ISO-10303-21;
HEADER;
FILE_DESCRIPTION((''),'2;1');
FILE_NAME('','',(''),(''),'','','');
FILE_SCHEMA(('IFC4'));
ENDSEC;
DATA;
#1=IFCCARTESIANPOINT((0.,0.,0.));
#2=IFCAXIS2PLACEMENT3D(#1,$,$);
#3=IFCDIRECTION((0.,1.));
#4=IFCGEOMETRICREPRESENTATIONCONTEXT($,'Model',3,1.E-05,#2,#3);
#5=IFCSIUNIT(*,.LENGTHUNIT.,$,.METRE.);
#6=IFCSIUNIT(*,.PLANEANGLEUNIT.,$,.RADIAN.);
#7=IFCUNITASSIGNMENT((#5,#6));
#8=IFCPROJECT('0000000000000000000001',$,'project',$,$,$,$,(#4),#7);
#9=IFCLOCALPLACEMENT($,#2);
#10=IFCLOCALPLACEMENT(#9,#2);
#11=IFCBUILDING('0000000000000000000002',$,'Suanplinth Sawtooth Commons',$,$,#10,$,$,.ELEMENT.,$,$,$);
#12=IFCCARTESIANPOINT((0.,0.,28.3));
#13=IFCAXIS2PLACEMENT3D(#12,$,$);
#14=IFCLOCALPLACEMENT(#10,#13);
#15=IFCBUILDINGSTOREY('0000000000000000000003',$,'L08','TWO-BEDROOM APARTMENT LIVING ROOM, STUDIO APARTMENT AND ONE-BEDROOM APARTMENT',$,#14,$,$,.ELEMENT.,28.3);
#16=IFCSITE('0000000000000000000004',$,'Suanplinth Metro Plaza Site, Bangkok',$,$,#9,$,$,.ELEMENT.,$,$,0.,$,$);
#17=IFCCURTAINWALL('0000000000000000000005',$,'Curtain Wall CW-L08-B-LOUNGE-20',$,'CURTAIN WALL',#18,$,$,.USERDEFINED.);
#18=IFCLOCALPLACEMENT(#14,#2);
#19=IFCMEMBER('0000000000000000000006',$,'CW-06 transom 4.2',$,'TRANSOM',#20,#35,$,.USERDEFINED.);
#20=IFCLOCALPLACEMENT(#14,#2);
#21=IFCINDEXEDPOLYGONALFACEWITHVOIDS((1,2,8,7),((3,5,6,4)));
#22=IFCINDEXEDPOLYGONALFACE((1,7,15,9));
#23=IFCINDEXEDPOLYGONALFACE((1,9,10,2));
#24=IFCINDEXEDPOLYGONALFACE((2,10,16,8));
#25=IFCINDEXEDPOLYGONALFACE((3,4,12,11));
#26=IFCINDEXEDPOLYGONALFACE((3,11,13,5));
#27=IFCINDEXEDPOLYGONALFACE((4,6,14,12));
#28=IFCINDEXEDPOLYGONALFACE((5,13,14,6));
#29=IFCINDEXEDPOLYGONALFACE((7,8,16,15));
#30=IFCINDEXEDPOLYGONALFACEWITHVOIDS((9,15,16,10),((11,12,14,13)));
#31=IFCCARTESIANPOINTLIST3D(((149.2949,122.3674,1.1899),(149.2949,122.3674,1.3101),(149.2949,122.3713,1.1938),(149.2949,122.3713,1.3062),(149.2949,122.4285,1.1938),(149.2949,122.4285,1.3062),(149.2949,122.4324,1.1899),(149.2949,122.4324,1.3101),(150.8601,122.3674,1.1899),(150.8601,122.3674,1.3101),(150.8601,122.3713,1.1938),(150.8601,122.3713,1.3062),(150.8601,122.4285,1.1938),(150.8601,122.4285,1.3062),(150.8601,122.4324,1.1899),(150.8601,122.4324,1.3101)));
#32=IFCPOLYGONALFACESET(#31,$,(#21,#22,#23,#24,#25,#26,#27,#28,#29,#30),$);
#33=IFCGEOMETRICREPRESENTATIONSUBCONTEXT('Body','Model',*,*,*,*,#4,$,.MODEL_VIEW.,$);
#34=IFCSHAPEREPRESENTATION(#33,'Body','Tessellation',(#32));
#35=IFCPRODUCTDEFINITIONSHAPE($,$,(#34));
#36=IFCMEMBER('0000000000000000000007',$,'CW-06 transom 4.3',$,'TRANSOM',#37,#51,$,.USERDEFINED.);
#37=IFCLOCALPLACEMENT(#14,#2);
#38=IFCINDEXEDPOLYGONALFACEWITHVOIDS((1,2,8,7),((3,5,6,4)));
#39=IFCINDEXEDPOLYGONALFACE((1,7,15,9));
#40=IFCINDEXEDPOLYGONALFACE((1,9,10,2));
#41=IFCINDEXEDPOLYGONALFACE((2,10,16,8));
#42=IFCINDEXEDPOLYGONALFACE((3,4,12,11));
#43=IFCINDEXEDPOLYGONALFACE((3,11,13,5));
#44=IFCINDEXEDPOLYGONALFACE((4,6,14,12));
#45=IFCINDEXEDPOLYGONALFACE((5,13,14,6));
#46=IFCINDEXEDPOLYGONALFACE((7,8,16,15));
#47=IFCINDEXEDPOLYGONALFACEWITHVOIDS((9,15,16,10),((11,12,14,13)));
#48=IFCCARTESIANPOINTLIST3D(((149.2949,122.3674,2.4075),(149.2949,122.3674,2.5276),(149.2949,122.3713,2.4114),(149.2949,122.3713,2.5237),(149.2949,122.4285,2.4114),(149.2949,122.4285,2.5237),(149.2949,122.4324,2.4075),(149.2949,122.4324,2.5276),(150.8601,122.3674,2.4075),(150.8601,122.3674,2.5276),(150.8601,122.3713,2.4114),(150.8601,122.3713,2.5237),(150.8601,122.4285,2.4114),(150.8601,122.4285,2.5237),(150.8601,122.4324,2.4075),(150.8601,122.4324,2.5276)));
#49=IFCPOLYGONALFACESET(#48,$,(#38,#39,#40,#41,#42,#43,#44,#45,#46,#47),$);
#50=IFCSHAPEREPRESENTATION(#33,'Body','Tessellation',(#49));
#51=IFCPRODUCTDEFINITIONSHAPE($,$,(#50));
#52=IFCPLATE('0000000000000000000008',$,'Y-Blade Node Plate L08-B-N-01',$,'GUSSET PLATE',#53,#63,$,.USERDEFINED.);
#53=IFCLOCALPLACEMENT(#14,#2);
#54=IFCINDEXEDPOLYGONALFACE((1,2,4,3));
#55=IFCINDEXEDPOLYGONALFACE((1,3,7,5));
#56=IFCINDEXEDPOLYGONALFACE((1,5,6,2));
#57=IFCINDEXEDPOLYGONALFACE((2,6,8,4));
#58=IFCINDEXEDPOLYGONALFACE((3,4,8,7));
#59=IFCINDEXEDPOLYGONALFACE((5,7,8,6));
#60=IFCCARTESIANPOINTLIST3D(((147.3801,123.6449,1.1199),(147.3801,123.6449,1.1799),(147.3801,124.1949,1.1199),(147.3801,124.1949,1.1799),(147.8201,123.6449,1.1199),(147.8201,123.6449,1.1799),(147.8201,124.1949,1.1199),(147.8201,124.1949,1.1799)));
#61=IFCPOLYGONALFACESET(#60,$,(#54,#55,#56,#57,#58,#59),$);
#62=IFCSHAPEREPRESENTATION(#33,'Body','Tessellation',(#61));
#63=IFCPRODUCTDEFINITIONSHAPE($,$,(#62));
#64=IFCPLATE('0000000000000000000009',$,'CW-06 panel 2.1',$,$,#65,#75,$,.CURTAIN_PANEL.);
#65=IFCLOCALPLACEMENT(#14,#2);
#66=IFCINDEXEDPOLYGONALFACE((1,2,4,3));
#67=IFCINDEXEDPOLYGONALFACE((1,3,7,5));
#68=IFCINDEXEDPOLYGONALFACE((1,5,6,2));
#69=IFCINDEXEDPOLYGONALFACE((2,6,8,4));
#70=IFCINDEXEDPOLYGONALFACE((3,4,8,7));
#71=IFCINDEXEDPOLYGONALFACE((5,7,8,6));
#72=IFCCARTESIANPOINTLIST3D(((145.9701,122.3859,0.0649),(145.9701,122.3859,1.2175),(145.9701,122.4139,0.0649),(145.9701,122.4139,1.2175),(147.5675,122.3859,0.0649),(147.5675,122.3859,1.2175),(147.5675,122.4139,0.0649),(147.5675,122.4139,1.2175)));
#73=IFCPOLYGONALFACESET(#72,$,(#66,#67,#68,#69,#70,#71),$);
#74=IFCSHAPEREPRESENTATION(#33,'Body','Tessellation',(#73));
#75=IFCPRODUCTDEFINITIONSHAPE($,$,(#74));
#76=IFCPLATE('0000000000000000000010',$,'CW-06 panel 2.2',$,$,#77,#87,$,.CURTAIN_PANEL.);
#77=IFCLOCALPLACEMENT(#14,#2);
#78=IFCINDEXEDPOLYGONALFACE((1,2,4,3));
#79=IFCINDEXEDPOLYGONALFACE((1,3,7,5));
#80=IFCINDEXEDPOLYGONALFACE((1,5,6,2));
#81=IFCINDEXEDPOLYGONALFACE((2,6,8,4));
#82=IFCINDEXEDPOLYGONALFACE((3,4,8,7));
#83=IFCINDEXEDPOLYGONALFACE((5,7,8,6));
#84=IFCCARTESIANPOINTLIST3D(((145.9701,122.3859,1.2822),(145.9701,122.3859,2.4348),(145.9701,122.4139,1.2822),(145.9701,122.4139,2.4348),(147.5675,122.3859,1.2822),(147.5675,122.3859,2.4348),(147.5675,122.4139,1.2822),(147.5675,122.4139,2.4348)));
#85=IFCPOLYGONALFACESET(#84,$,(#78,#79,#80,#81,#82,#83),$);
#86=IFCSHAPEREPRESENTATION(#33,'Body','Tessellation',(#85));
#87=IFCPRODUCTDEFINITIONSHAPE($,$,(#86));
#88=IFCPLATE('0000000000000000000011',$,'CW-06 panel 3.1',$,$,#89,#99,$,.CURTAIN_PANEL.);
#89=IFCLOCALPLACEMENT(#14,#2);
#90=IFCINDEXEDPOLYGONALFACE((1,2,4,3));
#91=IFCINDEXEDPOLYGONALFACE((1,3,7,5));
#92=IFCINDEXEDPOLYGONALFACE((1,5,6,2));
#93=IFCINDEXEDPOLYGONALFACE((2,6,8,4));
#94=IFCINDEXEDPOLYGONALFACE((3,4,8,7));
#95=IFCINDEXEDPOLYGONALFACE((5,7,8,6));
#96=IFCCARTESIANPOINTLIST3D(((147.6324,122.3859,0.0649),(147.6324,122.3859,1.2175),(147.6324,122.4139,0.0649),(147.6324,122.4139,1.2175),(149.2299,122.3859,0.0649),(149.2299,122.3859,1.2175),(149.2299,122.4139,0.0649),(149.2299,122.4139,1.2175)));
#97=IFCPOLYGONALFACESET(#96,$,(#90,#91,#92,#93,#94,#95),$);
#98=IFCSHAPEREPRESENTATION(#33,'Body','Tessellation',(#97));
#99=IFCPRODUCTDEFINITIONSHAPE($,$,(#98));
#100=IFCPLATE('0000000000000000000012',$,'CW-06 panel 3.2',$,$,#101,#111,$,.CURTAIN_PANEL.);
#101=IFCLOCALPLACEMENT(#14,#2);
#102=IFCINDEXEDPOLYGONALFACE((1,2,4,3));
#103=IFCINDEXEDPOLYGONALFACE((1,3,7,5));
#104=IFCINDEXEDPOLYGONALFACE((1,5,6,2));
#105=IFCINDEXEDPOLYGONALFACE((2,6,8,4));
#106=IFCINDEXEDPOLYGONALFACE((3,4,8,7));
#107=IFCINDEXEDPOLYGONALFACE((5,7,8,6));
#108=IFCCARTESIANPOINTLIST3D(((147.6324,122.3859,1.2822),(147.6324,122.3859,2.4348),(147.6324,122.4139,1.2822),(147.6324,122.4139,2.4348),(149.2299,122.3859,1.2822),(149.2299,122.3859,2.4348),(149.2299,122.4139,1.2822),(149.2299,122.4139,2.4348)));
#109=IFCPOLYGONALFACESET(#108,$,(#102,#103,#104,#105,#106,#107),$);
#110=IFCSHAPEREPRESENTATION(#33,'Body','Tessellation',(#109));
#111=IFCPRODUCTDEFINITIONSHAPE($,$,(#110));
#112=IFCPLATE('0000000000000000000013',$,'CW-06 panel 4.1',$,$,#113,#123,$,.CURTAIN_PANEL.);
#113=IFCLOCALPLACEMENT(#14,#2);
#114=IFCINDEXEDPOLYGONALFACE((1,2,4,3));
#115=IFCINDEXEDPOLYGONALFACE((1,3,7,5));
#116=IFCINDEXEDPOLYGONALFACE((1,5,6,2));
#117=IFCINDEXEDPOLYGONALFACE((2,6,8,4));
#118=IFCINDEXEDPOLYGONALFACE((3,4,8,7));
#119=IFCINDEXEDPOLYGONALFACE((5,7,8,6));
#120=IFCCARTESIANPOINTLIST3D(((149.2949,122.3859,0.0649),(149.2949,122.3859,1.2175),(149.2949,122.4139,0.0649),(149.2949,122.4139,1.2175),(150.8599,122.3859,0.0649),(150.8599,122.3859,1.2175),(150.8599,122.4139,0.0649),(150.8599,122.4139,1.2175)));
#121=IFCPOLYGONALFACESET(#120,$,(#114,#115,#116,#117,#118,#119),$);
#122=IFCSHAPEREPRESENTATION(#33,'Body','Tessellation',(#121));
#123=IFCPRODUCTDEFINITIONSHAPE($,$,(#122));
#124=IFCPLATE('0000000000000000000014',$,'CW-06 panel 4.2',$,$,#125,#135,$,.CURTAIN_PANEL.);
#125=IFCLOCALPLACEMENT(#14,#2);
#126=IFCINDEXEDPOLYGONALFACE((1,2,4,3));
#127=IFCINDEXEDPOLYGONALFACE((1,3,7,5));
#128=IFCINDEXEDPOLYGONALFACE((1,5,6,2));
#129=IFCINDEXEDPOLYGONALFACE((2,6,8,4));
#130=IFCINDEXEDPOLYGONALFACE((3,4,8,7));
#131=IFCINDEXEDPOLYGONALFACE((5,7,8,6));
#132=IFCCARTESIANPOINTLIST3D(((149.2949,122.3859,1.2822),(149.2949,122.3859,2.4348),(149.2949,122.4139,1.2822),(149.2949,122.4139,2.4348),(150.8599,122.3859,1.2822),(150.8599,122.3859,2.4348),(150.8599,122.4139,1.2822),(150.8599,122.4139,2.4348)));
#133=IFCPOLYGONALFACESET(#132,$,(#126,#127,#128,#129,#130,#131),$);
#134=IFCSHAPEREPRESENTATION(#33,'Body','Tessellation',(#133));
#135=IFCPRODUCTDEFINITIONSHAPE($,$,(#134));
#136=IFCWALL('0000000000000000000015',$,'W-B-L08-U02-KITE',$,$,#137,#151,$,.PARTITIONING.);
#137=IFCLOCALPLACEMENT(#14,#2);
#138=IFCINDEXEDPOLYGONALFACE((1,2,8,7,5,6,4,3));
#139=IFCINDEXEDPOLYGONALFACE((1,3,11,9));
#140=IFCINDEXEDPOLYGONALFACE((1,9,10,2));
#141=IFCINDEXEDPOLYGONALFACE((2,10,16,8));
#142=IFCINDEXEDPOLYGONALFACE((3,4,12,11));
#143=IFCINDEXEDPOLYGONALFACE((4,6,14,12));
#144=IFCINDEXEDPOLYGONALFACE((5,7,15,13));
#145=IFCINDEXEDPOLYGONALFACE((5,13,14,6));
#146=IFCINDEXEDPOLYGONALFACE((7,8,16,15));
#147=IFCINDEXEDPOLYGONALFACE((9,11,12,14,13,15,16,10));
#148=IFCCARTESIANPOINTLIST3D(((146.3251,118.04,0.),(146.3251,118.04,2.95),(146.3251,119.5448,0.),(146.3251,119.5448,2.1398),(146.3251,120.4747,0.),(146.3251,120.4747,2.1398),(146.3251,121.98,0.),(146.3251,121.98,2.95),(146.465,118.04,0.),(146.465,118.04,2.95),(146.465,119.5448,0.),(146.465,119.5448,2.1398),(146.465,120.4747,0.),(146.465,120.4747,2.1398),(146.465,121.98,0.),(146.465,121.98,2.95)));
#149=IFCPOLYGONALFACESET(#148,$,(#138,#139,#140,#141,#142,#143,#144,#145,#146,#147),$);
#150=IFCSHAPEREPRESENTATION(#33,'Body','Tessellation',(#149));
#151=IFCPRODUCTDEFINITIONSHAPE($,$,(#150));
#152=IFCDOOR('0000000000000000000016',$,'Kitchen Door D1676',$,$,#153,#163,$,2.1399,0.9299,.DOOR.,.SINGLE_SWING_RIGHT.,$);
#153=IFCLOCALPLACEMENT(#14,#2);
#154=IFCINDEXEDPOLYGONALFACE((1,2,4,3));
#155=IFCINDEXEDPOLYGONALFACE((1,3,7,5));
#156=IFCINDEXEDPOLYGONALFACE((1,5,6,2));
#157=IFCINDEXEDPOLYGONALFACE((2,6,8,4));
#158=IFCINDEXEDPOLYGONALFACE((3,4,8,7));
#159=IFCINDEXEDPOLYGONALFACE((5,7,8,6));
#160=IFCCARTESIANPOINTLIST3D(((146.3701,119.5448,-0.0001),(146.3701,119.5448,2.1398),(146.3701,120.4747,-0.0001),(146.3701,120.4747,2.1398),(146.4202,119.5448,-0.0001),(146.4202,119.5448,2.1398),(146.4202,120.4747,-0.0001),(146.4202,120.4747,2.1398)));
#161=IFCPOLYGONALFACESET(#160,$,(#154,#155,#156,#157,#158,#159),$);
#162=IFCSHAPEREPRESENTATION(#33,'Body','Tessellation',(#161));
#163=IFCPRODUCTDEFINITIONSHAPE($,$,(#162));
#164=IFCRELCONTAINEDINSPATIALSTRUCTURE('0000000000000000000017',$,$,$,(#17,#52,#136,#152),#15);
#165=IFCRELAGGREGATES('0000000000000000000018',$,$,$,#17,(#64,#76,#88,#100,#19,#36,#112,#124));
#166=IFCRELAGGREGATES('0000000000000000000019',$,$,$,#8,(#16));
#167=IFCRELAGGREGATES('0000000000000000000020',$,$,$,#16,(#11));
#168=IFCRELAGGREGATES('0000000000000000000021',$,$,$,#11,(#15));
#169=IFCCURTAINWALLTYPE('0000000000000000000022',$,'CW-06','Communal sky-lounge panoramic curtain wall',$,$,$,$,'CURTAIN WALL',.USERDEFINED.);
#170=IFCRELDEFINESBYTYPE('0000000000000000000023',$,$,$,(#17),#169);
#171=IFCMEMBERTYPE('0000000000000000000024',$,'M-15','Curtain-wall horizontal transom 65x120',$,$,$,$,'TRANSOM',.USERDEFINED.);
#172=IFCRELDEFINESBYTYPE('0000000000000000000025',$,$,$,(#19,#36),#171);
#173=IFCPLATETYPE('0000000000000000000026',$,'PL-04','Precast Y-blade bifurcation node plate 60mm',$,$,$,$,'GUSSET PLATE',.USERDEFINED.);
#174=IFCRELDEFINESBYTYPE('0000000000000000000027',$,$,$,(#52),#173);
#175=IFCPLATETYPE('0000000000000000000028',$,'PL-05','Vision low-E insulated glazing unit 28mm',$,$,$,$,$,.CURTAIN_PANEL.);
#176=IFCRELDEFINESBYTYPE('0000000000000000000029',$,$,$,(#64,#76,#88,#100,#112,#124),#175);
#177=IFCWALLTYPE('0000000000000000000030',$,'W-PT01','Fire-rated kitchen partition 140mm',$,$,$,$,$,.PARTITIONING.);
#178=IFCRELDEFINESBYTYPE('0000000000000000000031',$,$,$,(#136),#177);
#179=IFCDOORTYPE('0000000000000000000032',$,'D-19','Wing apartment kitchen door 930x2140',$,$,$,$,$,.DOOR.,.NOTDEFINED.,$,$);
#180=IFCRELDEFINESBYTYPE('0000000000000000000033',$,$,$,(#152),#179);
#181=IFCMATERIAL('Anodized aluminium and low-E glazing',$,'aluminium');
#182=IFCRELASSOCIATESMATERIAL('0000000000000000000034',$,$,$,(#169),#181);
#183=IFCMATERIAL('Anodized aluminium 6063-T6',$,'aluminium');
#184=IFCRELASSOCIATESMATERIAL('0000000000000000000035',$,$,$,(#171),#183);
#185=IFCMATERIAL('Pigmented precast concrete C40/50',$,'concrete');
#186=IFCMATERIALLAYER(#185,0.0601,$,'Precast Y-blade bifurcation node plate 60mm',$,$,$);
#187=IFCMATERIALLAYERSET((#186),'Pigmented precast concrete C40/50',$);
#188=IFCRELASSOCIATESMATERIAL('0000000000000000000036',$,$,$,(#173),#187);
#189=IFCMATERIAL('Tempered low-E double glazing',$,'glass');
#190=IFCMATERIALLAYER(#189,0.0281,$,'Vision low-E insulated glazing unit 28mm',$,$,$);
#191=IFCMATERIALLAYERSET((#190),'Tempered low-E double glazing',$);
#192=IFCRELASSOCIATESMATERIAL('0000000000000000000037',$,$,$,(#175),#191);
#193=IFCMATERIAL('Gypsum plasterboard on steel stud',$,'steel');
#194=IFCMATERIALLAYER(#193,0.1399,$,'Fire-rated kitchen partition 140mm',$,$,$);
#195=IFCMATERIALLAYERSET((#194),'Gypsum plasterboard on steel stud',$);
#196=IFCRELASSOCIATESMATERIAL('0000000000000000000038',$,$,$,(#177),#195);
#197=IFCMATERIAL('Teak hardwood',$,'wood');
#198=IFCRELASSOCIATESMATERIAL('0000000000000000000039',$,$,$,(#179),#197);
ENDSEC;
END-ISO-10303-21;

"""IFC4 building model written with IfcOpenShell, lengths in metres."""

from ifc_helpers import new_model, si_unit, direction, frame, frame_2d, origin, origin_2d, place, context, subcontext, project, spatial, rectangle, hollow_rectangle, extrude, material, layer, layer_set, material_profile, profile_set, type_object, element, fill, aggregate, save


model = new_model("IFC4")

# Units and contexts
model_context = context("Model", 3, precision=1e-05, world=origin(), true_north=direction((0.0, 1.0)))
body_context = subcontext(model_context, "Body", "Model", "MODEL_VIEW")
ifc_project = project(units=[si_unit("LENGTHUNIT", "METRE"), si_unit("PLANEANGLEUNIT", "RADIAN")], contexts=[model_context])

# Site, building, storey
site_placement = place(None, origin())
site = spatial("IfcSite", under=ifc_project, at=site_placement, Name="Suanplinth Metro Plaza Site, Bangkok", CompositionType="ELEMENT", RefElevation=0.0)
building_placement = place(site_placement, origin())
building = spatial("IfcBuilding", under=site, at=building_placement, Name="Suanplinth Sawtooth Commons", CompositionType="ELEMENT")
storey_placement = place(building_placement, frame((0.0, 0.0, 28.3)))
storey = spatial("IfcBuildingStorey", under=building, at=storey_placement, Name="L08", Description="TWO-BEDROOM APARTMENT LIVING ROOM, STUDIO APARTMENT AND ONE-BEDROOM APARTMENT", CompositionType="ELEMENT", Elevation=28.3)

# Shared definitions
ifc_material_1 = material(Name="Pigmented precast concrete C40/50", Category="concrete")

# Curtain wall, members
ifc_material_2 = material(Name="Anodized aluminium and low-E glazing", Category="aluminium")
curtain_wall_type = type_object("IfcCurtainWallType", Name="CW-06", Description="Communal sky-lounge panoramic curtain wall", ElementType="CURTAIN WALL", PredefinedType="USERDEFINED", material=ifc_material_2)
curtain_wall_placement = place(storey_placement, origin())
curtain_wall = element("IfcCurtainWall", 1, at=curtain_wall_placement, inside=storey, type_object=curtain_wall_type, Name="Curtain Wall CW-L08-B-LOUNGE-20", ObjectType="CURTAIN WALL", PredefinedType="USERDEFINED")
ifc_material_3 = material(Name="Anodized aluminium 6063-T6", Category="aluminium")
ifc_material_profile_1 = material_profile(ifc_material_3, hollow_rectangle(XDim=0.0649, YDim=0.1201, WallThickness=0.0039, at=origin_2d()), Name="ALU-TRN 65x120")
ifc_profile_set_1 = profile_set([ifc_material_profile_1], Name="Anodized aluminium 6063-T6")
member_type_1 = type_object("IfcMemberType", Name="M-15", Description="Curtain-wall horizontal transom 65x120", ElementType="TRANSOM", PredefinedType="USERDEFINED", material=ifc_profile_set_1)
member_1_placement = place(storey_placement, frame((149.2949, 122.3999, 1.25), z_axis=(1.0, 0.0, 0.0), x_axis=(0.0, 1.0, 0.0)))
member_1 = element("IfcMember", 2, at=member_1_placement, type_object=member_type_1, Name="CW-06 transom 4.2", ObjectType="TRANSOM", PredefinedType="USERDEFINED", context=body_context, shape_type="SweptSolid", body=[
    extrude(hollow_rectangle(XDim=0.0649, YDim=0.1201, WallThickness=0.0039, at=origin_2d()), origin(), (0.0, 0.0, 1.0), 1.5652),
])
member_2_placement = place(storey_placement, frame((149.2949, 122.3999, 2.4675), z_axis=(1.0, 0.0, 0.0), x_axis=(0.0, 1.0, 0.0)))
member_2 = element("IfcMember", 3, at=member_2_placement, type_object=member_type_1, Name="CW-06 transom 4.3", ObjectType="TRANSOM", PredefinedType="USERDEFINED", context=body_context, shape_type="SweptSolid", body=[
    extrude(hollow_rectangle(XDim=0.0649, YDim=0.1201, WallThickness=0.0039, at=origin_2d()), origin(), (0.0, 0.0, 1.0), 1.5652),
])

# Plates
ifc_layer_1 = layer(ifc_material_1, 0.0601, Name="Precast Y-blade bifurcation node plate 60mm")
ifc_layer_set_1 = layer_set([ifc_layer_1], Name="Pigmented precast concrete C40/50")
plate_type_1 = type_object("IfcPlateType", Name="PL-04", Description="Precast Y-blade bifurcation node plate 60mm", ElementType="GUSSET PLATE", PredefinedType="USERDEFINED", material=ifc_layer_set_1)
plate_1_placement = place(storey_placement, frame((147.6001, 123.9199, 1.1199), z_axis=(0.0, 0.0, 1.0), x_axis=(1.0, 0.0, 0.0)))
element("IfcPlate", 4, at=plate_1_placement, inside=storey, type_object=plate_type_1, Name="Y-Blade Node Plate L08-B-N-01", ObjectType="GUSSET PLATE", PredefinedType="USERDEFINED", context=body_context, shape_type="SweptSolid", body=[
    extrude(rectangle(XDim=0.4399, YDim=0.55, at=origin_2d()), origin(), (0.0, 0.0, 1.0), 0.0601),
])
ifc_material_4 = material(Name="Tempered low-E double glazing", Category="glass")
ifc_layer_2 = layer(ifc_material_4, 0.0281, Name="Vision low-E insulated glazing unit 28mm")
ifc_layer_set_2 = layer_set([ifc_layer_2], Name="Tempered low-E double glazing")
plate_type_2 = type_object("IfcPlateType", Name="PL-05", Description="Vision low-E insulated glazing unit 28mm", PredefinedType="CURTAIN_PANEL", material=ifc_layer_set_2)
plate_2_placement = place(storey_placement, frame((146.7688, 122.3999, 0.0649), z_axis=(0.0, 0.0, 1.0), x_axis=(1.0, 0.0, 0.0)))
plate_2 = element("IfcPlate", 5, at=plate_2_placement, type_object=plate_type_2, Name="CW-06 panel 2.1", PredefinedType="CURTAIN_PANEL", context=body_context, shape_type="SweptSolid", body=[
    extrude(rectangle(XDim=1.5974, YDim=0.0281, at=origin_2d()), origin(), (0.0, 0.0, 1.0), 1.1526),
])
plate_3_placement = place(storey_placement, frame((146.7688, 122.3999, 1.2822), z_axis=(0.0, 0.0, 1.0), x_axis=(1.0, 0.0, 0.0)))
plate_3 = element("IfcPlate", 6, at=plate_3_placement, type_object=plate_type_2, Name="CW-06 panel 2.2", PredefinedType="CURTAIN_PANEL", context=body_context, shape_type="SweptSolid", body=[
    extrude(rectangle(XDim=1.5974, YDim=0.0281, at=origin_2d()), origin(), (0.0, 0.0, 1.0), 1.1526),
])
plate_4_placement = place(storey_placement, frame((148.4312, 122.3999, 0.0649), z_axis=(0.0, 0.0, 1.0), x_axis=(1.0, 0.0, 0.0)))
plate_4 = element("IfcPlate", 7, at=plate_4_placement, type_object=plate_type_2, Name="CW-06 panel 3.1", PredefinedType="CURTAIN_PANEL", context=body_context, shape_type="SweptSolid", body=[
    extrude(rectangle(XDim=1.5974, YDim=0.0281, at=origin_2d()), origin(), (0.0, 0.0, 1.0), 1.1526),
])
plate_5_placement = place(storey_placement, frame((148.4312, 122.3999, 1.2822), z_axis=(0.0, 0.0, 1.0), x_axis=(1.0, 0.0, 0.0)))
plate_5 = element("IfcPlate", 8, at=plate_5_placement, type_object=plate_type_2, Name="CW-06 panel 3.2", PredefinedType="CURTAIN_PANEL", context=body_context, shape_type="SweptSolid", body=[
    extrude(rectangle(XDim=1.5974, YDim=0.0281, at=origin_2d()), origin(), (0.0, 0.0, 1.0), 1.1526),
])
plate_6_placement = place(storey_placement, frame((150.0774, 122.3999, 0.0649), z_axis=(0.0, 0.0, 1.0), x_axis=(1.0, 0.0, 0.0)))
plate_6 = element("IfcPlate", 9, at=plate_6_placement, type_object=plate_type_2, Name="CW-06 panel 4.1", PredefinedType="CURTAIN_PANEL", context=body_context, shape_type="SweptSolid", body=[
    extrude(rectangle(XDim=1.5649, YDim=0.0281, at=origin_2d()), origin(), (0.0, 0.0, 1.0), 1.1526),
])
plate_7_placement = place(storey_placement, frame((150.0774, 122.3999, 1.2822), z_axis=(0.0, 0.0, 1.0), x_axis=(1.0, 0.0, 0.0)))
plate_7 = element("IfcPlate", 10, at=plate_7_placement, type_object=plate_type_2, Name="CW-06 panel 4.2", PredefinedType="CURTAIN_PANEL", context=body_context, shape_type="SweptSolid", body=[
    extrude(rectangle(XDim=1.5649, YDim=0.0281, at=origin_2d()), origin(), (0.0, 0.0, 1.0), 1.1526),
])
aggregate(curtain_wall, [plate_2, plate_3, plate_4, plate_5, member_1, member_2, plate_6, plate_7])

# Wall, opening, door
ifc_material_5 = material(Name="Gypsum plasterboard on steel stud", Category="steel")
ifc_layer_3 = layer(ifc_material_5, 0.1399, Name="Fire-rated kitchen partition 140mm")
ifc_layer_set_3 = layer_set([ifc_layer_3], Name="Gypsum plasterboard on steel stud")
wall_type_1 = type_object("IfcWallType", Name="W-PT01", Description="Fire-rated kitchen partition 140mm", PredefinedType="PARTITIONING", material=ifc_layer_set_3)
wall_1_placement = place(storey_placement, frame((146.395, 118.04, 0.0), z_axis=(0.0, 0.0, 1.0), x_axis=(0.0, 1.0, 0.0)))
wall_1 = element("IfcWall", 11, at=wall_1_placement, inside=storey, type_object=wall_type_1, Name="W-B-L08-U02-KITE", PredefinedType="PARTITIONING", context=body_context, shape_type="SweptSolid", body=[
    extrude(rectangle(XDim=3.9399, YDim=0.1399, at=frame_2d((1.97, 0.0))), origin(), (0.0, 0.0, 1.0), 2.95),
])
opening_1_placement = place(wall_1_placement, frame((1.5049, 0.0, 0.0)))
opening_1 = element("IfcOpeningElement", 12, at=opening_1_placement, cuts=wall_1, PredefinedType="OPENING", context=body_context, shape_type="SweptSolid", body=[
    extrude(rectangle(XDim=0.9299, YDim=2.1399, at=frame_2d((0.4648, 1.0698))), frame((0.0, 0.085, 0.0), z_axis=(0.0, -1.0, 0.0), x_axis=(1.0, 0.0, 0.0)), (0.0, 0.0, 1.0), 0.1697),
])
ifc_material_6 = material(Name="Teak hardwood", Category="wood")
door_type_1 = type_object("IfcDoorType", Name="D-19", Description="Wing apartment kitchen door 930x2140", OperationType="NOTDEFINED", PredefinedType="DOOR", material=ifc_material_6)
door_1_placement = place(opening_1_placement, origin())
door_1 = element("IfcDoor", 13, at=door_1_placement, inside=storey, type_object=door_type_1, Name="Kitchen Door D1676", OperationType="SINGLE_SWING_RIGHT", OverallHeight=2.1399, OverallWidth=0.9299, PredefinedType="DOOR", context=body_context, shape_type="SweptSolid", body=[
    extrude(rectangle(XDim=0.9299, YDim=2.1399, at=frame_2d((0.4648, 1.0698))), frame((0.0, 0.0249, 0.0), z_axis=(0.0, -1.0, 0.0), x_axis=(1.0, 0.0, 0.0)), (0.0, 0.0, 1.0), 0.05),
])
fill(opening_1, door_1)

save(model, "model.ifc")
